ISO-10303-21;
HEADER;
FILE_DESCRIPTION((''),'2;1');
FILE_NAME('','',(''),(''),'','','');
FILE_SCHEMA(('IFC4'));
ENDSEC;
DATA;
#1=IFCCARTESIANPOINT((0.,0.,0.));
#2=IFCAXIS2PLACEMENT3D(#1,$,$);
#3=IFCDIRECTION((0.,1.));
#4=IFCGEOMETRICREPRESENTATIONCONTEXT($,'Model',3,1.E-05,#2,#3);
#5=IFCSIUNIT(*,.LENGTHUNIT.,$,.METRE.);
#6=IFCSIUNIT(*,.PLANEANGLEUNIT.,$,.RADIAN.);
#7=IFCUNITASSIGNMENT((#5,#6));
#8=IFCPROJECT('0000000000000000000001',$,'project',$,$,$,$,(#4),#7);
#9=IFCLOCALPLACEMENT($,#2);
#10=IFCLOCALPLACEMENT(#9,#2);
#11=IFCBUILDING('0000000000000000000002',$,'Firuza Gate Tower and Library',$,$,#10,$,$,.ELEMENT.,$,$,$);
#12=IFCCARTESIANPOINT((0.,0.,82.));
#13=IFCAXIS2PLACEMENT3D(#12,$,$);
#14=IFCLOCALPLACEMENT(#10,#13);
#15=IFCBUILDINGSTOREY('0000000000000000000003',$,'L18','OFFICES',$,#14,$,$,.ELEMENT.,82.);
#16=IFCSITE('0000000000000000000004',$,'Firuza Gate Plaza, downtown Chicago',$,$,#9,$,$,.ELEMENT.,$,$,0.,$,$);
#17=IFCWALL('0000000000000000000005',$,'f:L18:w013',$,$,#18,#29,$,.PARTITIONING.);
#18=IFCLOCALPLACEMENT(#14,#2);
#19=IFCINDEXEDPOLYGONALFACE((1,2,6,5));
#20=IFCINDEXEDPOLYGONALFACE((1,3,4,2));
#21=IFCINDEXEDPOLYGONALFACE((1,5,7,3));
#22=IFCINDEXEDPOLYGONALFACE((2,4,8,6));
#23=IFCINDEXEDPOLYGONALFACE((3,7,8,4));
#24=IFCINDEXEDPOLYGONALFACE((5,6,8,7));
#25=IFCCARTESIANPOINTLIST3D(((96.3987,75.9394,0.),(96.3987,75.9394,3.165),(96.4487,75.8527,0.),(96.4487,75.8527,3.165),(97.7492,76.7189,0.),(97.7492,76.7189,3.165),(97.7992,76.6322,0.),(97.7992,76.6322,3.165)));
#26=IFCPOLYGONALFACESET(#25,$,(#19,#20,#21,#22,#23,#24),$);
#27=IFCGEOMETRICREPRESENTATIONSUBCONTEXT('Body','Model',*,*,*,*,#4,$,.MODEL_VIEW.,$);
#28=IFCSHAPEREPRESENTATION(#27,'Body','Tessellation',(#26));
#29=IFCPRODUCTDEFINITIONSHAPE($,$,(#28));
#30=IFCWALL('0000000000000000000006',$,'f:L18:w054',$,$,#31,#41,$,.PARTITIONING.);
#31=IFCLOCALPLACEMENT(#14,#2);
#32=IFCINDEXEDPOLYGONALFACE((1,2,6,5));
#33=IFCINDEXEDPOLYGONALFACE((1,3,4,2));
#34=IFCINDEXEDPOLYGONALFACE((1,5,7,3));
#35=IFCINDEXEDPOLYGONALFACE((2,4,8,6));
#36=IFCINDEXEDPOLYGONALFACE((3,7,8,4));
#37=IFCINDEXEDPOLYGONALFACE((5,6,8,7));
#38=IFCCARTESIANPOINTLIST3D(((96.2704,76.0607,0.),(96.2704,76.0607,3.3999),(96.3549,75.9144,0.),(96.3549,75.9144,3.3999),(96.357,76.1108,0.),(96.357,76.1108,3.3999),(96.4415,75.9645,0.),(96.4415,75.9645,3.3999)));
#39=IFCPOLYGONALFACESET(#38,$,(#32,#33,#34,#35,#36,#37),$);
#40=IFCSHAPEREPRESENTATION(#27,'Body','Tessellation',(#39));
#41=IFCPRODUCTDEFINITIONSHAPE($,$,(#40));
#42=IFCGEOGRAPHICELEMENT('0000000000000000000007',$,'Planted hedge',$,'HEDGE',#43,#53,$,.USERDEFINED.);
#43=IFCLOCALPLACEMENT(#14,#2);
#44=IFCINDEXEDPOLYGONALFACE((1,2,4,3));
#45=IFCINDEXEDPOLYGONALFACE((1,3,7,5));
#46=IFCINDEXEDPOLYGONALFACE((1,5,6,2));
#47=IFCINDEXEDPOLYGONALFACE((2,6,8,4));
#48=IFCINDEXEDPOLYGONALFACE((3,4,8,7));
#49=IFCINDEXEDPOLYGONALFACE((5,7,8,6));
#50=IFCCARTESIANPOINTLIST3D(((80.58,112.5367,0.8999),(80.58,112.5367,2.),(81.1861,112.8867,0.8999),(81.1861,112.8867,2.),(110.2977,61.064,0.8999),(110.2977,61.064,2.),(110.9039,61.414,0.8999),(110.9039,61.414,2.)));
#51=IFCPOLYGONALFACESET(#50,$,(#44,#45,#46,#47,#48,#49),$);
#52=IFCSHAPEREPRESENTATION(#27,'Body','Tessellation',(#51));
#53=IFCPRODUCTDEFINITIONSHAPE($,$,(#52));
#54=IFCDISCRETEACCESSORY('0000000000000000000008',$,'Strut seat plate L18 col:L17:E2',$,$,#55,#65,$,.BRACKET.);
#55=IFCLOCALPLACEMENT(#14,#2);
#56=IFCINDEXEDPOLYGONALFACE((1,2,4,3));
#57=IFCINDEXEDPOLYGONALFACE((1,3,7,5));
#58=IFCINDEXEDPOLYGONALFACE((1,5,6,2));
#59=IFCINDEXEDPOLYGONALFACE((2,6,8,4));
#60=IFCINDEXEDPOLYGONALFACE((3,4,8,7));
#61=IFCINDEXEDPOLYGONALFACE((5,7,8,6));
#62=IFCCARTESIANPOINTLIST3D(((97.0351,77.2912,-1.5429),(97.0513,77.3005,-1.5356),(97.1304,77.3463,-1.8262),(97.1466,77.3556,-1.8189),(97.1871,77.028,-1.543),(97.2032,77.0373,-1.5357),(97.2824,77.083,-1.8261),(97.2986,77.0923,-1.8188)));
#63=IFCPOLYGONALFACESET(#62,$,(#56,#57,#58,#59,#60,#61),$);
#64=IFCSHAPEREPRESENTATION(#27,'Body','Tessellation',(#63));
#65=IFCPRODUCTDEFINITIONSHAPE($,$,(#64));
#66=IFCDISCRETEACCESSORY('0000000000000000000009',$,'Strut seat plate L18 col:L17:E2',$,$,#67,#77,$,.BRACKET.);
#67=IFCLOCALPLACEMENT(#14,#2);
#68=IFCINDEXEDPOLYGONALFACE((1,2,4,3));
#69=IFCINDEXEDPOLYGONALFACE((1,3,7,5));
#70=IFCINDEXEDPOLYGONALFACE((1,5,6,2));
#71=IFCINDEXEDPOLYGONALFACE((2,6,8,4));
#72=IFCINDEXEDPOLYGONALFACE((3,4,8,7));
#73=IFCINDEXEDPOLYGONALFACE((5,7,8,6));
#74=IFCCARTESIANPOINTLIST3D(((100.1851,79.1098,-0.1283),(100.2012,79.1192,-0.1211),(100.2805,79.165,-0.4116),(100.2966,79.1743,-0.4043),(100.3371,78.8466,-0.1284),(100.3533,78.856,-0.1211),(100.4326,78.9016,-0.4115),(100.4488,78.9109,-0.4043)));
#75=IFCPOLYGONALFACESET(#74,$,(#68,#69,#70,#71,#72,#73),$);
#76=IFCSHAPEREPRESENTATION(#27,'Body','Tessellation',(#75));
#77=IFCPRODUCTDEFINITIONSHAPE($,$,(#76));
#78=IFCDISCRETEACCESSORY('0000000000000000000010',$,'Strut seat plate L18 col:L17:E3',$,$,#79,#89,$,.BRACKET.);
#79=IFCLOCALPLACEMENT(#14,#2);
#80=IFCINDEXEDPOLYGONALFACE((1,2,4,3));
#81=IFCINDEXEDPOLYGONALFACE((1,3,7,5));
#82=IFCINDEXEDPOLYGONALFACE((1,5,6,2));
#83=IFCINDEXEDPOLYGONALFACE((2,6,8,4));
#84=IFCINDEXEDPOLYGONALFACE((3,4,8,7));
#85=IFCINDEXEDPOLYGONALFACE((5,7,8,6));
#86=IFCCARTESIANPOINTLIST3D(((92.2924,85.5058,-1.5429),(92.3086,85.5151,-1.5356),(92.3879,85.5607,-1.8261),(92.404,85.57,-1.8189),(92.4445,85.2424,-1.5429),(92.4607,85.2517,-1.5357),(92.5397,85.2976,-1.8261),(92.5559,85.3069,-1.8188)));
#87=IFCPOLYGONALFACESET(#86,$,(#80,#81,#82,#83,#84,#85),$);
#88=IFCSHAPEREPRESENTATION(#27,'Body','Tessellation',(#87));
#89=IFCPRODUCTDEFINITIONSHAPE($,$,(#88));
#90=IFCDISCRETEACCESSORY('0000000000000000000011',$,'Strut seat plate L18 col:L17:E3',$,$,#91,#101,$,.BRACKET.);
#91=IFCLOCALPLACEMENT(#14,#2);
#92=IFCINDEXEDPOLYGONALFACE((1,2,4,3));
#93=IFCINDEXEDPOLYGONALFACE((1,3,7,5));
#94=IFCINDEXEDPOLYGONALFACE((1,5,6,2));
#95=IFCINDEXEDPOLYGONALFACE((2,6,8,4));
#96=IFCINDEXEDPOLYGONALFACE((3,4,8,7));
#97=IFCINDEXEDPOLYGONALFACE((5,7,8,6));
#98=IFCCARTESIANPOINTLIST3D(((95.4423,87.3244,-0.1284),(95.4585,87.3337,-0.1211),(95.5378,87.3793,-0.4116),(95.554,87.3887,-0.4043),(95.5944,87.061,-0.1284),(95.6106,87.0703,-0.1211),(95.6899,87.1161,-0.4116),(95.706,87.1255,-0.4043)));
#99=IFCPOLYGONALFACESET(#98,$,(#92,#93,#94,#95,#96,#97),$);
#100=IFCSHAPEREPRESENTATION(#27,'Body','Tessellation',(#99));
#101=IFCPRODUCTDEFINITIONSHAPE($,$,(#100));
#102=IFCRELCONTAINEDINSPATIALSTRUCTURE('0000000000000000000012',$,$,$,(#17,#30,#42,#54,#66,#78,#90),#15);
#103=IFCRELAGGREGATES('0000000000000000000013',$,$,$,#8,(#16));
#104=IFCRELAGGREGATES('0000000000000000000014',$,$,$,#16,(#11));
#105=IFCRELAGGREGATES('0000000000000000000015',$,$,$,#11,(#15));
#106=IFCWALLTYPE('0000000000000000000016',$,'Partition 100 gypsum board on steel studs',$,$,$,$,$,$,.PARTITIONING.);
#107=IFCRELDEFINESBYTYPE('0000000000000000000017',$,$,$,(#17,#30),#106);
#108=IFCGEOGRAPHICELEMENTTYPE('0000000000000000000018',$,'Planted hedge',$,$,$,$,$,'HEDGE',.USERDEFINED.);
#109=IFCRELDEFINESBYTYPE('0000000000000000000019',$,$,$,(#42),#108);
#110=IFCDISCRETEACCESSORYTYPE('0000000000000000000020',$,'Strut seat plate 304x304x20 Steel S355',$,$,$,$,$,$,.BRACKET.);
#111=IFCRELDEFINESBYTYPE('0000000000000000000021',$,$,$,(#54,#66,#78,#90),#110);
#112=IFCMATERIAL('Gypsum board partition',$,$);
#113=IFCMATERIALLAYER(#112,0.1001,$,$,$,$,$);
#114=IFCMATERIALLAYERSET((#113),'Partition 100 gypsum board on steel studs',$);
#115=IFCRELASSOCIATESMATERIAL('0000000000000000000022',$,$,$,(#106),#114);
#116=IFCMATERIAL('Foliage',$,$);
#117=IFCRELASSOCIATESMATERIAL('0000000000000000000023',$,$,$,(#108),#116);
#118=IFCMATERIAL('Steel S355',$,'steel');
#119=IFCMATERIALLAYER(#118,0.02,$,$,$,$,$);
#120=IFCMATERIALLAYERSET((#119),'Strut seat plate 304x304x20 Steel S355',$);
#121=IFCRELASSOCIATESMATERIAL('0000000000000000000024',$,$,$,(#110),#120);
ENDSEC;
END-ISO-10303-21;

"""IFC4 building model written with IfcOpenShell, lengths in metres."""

from ifc_helpers import new_model, si_unit, direction, frame, frame_2d, origin, origin_2d, place, context, subcontext, project, spatial, polyline, rectangle, outline, extrude, material, layer, layer_set, type_object, element, save


model = new_model("IFC4")

# Units and contexts
model_context = context("Model", 3, precision=1e-05, world=origin(), true_north=direction((0.0, 1.0)))
body_context = subcontext(model_context, "Body", "Model", "MODEL_VIEW")
ifc_project = project(units=[si_unit("LENGTHUNIT", "METRE"), si_unit("PLANEANGLEUNIT", "RADIAN")], contexts=[model_context])

# Site, building, storey
site_placement = place(None, origin())
site = spatial("IfcSite", under=ifc_project, at=site_placement, Name="Firuza Gate Plaza, downtown Chicago", CompositionType="ELEMENT", RefElevation=0.0)
building_placement = place(site_placement, origin())
building = spatial("IfcBuilding", under=site, at=building_placement, Name="Firuza Gate Tower and Library", CompositionType="ELEMENT")
storey_placement = place(building_placement, frame((0.0, 0.0, 82.0)))
storey = spatial("IfcBuildingStorey", under=building, at=storey_placement, Name="L18", Description="OFFICES", CompositionType="ELEMENT", Elevation=82.0)

# Walls
ifc_material_1 = material(Name="Gypsum board partition")
ifc_layer_1 = layer(ifc_material_1, 0.1001)
ifc_layer_set_1 = layer_set([ifc_layer_1], Name="Partition 100 gypsum board on steel studs")
wall_type = type_object("IfcWallType", Name="Partition 100 gypsum board on steel studs", PredefinedType="PARTITIONING", material=ifc_layer_set_1)
wall_1_placement = place(storey_placement, frame((96.4236, 75.896, 0.0), z_axis=(0.0, 0.0, 1.0), x_axis=(0.866087, 0.499894, 0.0)))
element("IfcWall", 1, at=wall_1_placement, inside=storey, type_object=wall_type, Name="f:L18:w013", PredefinedType="PARTITIONING", context=body_context, shape_type="SweptSolid", body=[
    extrude(rectangle(XDim=1.5593, YDim=0.1001, at=frame_2d((0.7798, 0.0))), origin(), (0.0, 0.0, 1.0), 3.165),
])
wall_2_placement = place(storey_placement, frame((96.3982, 75.9395, 0.0), z_axis=(0.0, 0.0, 1.0), x_axis=(-0.500181, 0.865921, 0.0)))
element("IfcWall", 2, at=wall_2_placement, inside=storey, type_object=wall_type, Name="f:L18:w054", PredefinedType="PARTITIONING", context=body_context, shape_type="SweptSolid", body=[
    extrude(rectangle(XDim=0.1689, YDim=0.1001, at=frame_2d((0.0845, 0.0))), origin(), (0.0, 0.0, 1.0), 3.3999),
])

# Geographic element
ifc_material_2 = material(Name="Foliage")
geographic_element_type = type_object("IfcGeographicElementType", Name="Planted hedge", ElementType="HEDGE", PredefinedType="USERDEFINED", material=ifc_material_2)
geographic_element_placement = place(storey_placement, frame((95.7419, 86.9753, 0.8999), z_axis=(0.0, 0.0, 1.0), x_axis=(-0.5, 0.866025, 0.0)))
element("IfcGeographicElement", 3, at=geographic_element_placement, inside=storey, type_object=geographic_element_type, Name="Planted hedge", ObjectType="HEDGE", PredefinedType="USERDEFINED", context=body_context, shape_type="SweptSolid", body=[
    extrude(rectangle(XDim=59.4355, YDim=0.7, at=origin_2d()), origin(), (0.0, 0.0, 1.0), 1.1001),
])

# Discrete accessories
ifc_material_3 = material(Name="Steel S355", Category="steel")
ifc_layer_2 = layer(ifc_material_3, 0.02)
ifc_layer_set_2 = layer_set([ifc_layer_2], Name="Strut seat plate 304x304x20 Steel S355")
discrete_accessory_type = type_object("IfcDiscreteAccessoryType", Name="Strut seat plate 304x304x20 Steel S355", PredefinedType="BRACKET", material=ifc_layer_set_2)
discrete_accessory_1_placement = place(storey_placement, frame((97.0513, 77.3005, -1.5356), z_axis=(0.807237, 0.46593, 0.362322), x_axis=(0.499959, -0.866049, -0.000185)))
element("IfcDiscreteAccessory", 4, at=discrete_accessory_1_placement, inside=storey, type_object=discrete_accessory_type, Name="Strut seat plate L18 col:L17:E2", PredefinedType="BRACKET", context=body_context, shape_type="SweptSolid", body=[
    extrude(outline(polyline([(0.0, 0.0), (0.304, 0.0), (0.3041, 0.3038), (0.0, 0.3039), (0.0, 0.0)])), origin(), (0.0, 0.0, -1.0), 0.02),
])
discrete_accessory_2_placement = place(storey_placement, frame((100.3533, 78.856, -0.1211), z_axis=(0.806974, 0.466152, 0.362624), x_axis=(-0.50022, 0.865898, 0.000068)))
element("IfcDiscreteAccessory", 5, at=discrete_accessory_2_placement, inside=storey, type_object=discrete_accessory_type, Name="Strut seat plate L18 col:L17:E2", PredefinedType="BRACKET", context=body_context, shape_type="SweptSolid", body=[
    extrude(outline(polyline([(0.0, 0.0), (0.304, 0.0), (0.304, -0.3039), (-0.0002, -0.3039), (0.0, 0.0)])), origin(), (0.0, 0.0, -1.0), 0.02),
])
discrete_accessory_3_placement = place(storey_placement, frame((92.3086, 85.5151, -1.5356), z_axis=(0.807237, 0.46593, 0.362322), x_axis=(0.499913, -0.866076, -0.00005)))
element("IfcDiscreteAccessory", 6, at=discrete_accessory_3_placement, inside=storey, type_object=discrete_accessory_type, Name="Strut seat plate L18 col:L17:E3", PredefinedType="BRACKET", context=body_context, shape_type="SweptSolid", body=[
    extrude(outline(polyline([(0.0, 0.0), (0.3042, 0.0), (0.304, 0.3038), (0.0002, 0.3039), (0.0, 0.0)])), origin(), (0.0, 0.0, -1.0), 0.02),
])
discrete_accessory_4_placement = place(storey_placement, frame((95.6106, 87.0703, -0.1211), z_axis=(0.806974, 0.466152, 0.362624), x_axis=(-0.500174, 0.865925, -0.000068)))
element("IfcDiscreteAccessory", 7, at=discrete_accessory_4_placement, inside=storey, type_object=discrete_accessory_type, Name="Strut seat plate L18 col:L17:E3", PredefinedType="BRACKET", context=body_context, shape_type="SweptSolid", body=[
    extrude(outline(polyline([(0.0, 0.0), (0.3042, 0.0), (0.304, -0.3039), (0.0001, -0.3039), (0.0, 0.0)])), origin(), (0.0, 0.0, -1.0), 0.02),
])

save(model, "model.ifc")
